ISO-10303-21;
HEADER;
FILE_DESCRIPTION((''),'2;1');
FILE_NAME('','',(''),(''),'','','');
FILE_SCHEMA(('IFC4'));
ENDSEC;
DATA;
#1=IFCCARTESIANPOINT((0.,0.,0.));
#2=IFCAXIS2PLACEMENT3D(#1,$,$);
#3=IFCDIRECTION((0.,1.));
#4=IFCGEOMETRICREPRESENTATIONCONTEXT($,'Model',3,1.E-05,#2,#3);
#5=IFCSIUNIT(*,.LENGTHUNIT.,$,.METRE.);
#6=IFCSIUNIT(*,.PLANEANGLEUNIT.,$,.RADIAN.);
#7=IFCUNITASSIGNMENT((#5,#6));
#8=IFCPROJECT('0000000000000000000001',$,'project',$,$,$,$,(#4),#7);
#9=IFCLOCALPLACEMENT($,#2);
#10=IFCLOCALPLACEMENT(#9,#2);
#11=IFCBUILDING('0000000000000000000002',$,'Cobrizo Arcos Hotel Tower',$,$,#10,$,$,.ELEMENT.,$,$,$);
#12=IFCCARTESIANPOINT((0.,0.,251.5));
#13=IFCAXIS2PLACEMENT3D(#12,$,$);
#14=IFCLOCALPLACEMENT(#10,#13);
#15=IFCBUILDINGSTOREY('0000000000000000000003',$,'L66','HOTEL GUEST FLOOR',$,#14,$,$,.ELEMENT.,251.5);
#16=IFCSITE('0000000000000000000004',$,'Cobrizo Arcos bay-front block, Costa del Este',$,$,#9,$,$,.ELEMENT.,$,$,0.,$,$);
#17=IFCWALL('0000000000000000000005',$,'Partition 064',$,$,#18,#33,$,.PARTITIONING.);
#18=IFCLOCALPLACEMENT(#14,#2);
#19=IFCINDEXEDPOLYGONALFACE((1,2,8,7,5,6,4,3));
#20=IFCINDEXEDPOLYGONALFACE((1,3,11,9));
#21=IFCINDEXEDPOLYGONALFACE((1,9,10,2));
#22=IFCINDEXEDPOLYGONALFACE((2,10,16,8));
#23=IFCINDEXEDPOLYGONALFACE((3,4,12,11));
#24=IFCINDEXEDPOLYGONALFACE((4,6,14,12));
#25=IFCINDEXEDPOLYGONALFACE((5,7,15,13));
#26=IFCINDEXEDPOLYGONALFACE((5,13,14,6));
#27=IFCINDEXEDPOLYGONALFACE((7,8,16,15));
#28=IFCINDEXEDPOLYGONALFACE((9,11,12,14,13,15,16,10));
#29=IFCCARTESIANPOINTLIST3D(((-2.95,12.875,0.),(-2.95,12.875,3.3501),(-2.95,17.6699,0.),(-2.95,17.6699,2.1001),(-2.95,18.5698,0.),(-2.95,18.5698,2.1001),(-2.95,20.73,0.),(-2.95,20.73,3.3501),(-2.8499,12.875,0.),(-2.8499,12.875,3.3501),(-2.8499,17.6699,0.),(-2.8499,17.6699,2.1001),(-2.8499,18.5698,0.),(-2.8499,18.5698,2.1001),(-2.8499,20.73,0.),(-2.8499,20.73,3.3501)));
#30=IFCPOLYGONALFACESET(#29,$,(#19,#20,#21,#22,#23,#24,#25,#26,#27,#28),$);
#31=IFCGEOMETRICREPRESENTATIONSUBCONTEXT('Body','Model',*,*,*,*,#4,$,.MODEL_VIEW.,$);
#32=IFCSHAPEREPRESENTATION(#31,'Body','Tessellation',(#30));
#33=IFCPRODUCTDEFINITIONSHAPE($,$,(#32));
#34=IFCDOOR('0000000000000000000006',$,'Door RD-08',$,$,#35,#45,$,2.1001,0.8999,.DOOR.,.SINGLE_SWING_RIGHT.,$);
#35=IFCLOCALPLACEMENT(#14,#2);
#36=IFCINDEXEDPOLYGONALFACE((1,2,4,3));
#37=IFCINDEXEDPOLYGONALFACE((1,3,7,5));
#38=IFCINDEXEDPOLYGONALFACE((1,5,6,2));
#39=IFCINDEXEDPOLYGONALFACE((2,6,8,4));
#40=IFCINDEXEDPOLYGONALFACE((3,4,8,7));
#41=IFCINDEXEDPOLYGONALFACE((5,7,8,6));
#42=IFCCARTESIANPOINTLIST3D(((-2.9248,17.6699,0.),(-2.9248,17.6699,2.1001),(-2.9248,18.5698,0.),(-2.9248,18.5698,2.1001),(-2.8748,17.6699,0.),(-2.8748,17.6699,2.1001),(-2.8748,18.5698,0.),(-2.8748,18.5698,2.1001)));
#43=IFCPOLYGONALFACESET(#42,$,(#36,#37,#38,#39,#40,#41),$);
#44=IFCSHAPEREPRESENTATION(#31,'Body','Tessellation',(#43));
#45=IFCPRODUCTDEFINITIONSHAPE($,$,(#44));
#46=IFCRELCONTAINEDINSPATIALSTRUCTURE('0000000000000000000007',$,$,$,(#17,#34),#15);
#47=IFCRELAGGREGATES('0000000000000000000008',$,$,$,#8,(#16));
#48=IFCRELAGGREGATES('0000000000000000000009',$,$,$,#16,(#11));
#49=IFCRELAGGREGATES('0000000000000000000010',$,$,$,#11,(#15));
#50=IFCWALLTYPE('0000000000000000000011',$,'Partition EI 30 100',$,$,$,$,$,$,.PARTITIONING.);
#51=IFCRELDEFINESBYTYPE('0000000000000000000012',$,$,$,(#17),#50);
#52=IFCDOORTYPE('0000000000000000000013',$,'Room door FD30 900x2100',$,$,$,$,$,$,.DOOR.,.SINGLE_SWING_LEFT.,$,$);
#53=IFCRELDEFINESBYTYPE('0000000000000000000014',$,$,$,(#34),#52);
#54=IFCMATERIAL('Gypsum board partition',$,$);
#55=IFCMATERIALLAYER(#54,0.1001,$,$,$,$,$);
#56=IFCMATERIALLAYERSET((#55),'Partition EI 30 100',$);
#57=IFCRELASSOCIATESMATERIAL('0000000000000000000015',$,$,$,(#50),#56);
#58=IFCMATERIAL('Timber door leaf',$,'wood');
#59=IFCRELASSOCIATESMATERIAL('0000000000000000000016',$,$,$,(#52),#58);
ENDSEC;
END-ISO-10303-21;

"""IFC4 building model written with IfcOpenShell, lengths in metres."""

from ifc_helpers import new_model, si_unit, direction, frame, frame_2d, origin, place, context, subcontext, project, spatial, rectangle, extrude, material, layer, layer_set, type_object, element, fill, save


model = new_model("IFC4")

# Units and contexts
model_context = context("Model", 3, precision=1e-05, world=origin(), true_north=direction((0.0, 1.0)))
body_context = subcontext(model_context, "Body", "Model", "MODEL_VIEW")
ifc_project = project(units=[si_unit("LENGTHUNIT", "METRE"), si_unit("PLANEANGLEUNIT", "RADIAN")], contexts=[model_context])

# Site, building, storey
site_placement = place(None, origin())
site = spatial("IfcSite", under=ifc_project, at=site_placement, Name="Cobrizo Arcos bay-front block, Costa del Este", CompositionType="ELEMENT", RefElevation=0.0)
building_placement = place(site_placement, origin())
building = spatial("IfcBuilding", under=site, at=building_placement, Name="Cobrizo Arcos Hotel Tower", CompositionType="ELEMENT")
storey_placement = place(building_placement, frame((0.0, 0.0, 251.5)))
storey = spatial("IfcBuildingStorey", under=building, at=storey_placement, Name="L66", Description="HOTEL GUEST FLOOR", CompositionType="ELEMENT", Elevation=251.5)

# Shared definitions
ifc_material_1 = material(Name="Gypsum board partition")
ifc_layer_1 = layer(ifc_material_1, 0.1001)
ifc_layer_set_1 = layer_set([ifc_layer_1], Name="Partition EI 30 100")
wall_type = type_object("IfcWallType", Name="Partition EI 30 100", PredefinedType="PARTITIONING", material=ifc_layer_set_1)

# Shared definitions
ifc_material_2 = material(Name="Timber door leaf", Category="wood")

# Wall, opening, door
wall_1_placement = place(storey_placement, frame((-2.8999, 12.875, 0.0), z_axis=(0.0, 0.0, 1.0), x_axis=(0.0, 1.0, 0.0)))
wall_1 = element("IfcWall", 1, at=wall_1_placement, inside=storey, type_object=wall_type, Name="Partition 064", PredefinedType="PARTITIONING", context=body_context, shape_type="SweptSolid", body=[
    extrude(rectangle(XDim=7.855, YDim=0.1001, at=frame_2d((3.9275, 0.0))), origin(), (0.0, 0.0, 1.0), 3.3501),
])
opening_1_placement = place(wall_1_placement, frame((4.7949, 0.0, 0.0)))
opening_1 = element("IfcOpeningElement", 2, at=opening_1_placement, cuts=wall_1, PredefinedType="OPENING", context=body_context, shape_type="SweptSolid", body=[
    extrude(rectangle(XDim=0.8999, YDim=2.1001, at=frame_2d((0.45, 1.05))), frame((0.0, 0.062, 0.0), z_axis=(0.0, -1.0, 0.0), x_axis=(1.0, 0.0, 0.0)), (0.0, 0.0, 1.0), 0.124),
])
door_type_1 = type_object("IfcDoorType", Name="Room door FD30 900x2100", OperationType="SINGLE_SWING_LEFT", PredefinedType="DOOR", material=ifc_material_2)
door_1_placement = place(opening_1_placement, origin())
door_1 = element("IfcDoor", 3, at=door_1_placement, inside=storey, type_object=door_type_1, Name="Door RD-08", OperationType="SINGLE_SWING_RIGHT", OverallHeight=2.1001, OverallWidth=0.8999, PredefinedType="DOOR", context=body_context, shape_type="SweptSolid", body=[
    extrude(rectangle(XDim=0.8999, YDim=2.1001, at=frame_2d((0.45, 1.05))), frame((0.0, 0.0249, 0.0), z_axis=(0.0, -1.0, 0.0), x_axis=(1.0, 0.0, 0.0)), (0.0, 0.0, 1.0), 0.05),
])
fill(opening_1, door_1)

save(model, "model.ifc")
